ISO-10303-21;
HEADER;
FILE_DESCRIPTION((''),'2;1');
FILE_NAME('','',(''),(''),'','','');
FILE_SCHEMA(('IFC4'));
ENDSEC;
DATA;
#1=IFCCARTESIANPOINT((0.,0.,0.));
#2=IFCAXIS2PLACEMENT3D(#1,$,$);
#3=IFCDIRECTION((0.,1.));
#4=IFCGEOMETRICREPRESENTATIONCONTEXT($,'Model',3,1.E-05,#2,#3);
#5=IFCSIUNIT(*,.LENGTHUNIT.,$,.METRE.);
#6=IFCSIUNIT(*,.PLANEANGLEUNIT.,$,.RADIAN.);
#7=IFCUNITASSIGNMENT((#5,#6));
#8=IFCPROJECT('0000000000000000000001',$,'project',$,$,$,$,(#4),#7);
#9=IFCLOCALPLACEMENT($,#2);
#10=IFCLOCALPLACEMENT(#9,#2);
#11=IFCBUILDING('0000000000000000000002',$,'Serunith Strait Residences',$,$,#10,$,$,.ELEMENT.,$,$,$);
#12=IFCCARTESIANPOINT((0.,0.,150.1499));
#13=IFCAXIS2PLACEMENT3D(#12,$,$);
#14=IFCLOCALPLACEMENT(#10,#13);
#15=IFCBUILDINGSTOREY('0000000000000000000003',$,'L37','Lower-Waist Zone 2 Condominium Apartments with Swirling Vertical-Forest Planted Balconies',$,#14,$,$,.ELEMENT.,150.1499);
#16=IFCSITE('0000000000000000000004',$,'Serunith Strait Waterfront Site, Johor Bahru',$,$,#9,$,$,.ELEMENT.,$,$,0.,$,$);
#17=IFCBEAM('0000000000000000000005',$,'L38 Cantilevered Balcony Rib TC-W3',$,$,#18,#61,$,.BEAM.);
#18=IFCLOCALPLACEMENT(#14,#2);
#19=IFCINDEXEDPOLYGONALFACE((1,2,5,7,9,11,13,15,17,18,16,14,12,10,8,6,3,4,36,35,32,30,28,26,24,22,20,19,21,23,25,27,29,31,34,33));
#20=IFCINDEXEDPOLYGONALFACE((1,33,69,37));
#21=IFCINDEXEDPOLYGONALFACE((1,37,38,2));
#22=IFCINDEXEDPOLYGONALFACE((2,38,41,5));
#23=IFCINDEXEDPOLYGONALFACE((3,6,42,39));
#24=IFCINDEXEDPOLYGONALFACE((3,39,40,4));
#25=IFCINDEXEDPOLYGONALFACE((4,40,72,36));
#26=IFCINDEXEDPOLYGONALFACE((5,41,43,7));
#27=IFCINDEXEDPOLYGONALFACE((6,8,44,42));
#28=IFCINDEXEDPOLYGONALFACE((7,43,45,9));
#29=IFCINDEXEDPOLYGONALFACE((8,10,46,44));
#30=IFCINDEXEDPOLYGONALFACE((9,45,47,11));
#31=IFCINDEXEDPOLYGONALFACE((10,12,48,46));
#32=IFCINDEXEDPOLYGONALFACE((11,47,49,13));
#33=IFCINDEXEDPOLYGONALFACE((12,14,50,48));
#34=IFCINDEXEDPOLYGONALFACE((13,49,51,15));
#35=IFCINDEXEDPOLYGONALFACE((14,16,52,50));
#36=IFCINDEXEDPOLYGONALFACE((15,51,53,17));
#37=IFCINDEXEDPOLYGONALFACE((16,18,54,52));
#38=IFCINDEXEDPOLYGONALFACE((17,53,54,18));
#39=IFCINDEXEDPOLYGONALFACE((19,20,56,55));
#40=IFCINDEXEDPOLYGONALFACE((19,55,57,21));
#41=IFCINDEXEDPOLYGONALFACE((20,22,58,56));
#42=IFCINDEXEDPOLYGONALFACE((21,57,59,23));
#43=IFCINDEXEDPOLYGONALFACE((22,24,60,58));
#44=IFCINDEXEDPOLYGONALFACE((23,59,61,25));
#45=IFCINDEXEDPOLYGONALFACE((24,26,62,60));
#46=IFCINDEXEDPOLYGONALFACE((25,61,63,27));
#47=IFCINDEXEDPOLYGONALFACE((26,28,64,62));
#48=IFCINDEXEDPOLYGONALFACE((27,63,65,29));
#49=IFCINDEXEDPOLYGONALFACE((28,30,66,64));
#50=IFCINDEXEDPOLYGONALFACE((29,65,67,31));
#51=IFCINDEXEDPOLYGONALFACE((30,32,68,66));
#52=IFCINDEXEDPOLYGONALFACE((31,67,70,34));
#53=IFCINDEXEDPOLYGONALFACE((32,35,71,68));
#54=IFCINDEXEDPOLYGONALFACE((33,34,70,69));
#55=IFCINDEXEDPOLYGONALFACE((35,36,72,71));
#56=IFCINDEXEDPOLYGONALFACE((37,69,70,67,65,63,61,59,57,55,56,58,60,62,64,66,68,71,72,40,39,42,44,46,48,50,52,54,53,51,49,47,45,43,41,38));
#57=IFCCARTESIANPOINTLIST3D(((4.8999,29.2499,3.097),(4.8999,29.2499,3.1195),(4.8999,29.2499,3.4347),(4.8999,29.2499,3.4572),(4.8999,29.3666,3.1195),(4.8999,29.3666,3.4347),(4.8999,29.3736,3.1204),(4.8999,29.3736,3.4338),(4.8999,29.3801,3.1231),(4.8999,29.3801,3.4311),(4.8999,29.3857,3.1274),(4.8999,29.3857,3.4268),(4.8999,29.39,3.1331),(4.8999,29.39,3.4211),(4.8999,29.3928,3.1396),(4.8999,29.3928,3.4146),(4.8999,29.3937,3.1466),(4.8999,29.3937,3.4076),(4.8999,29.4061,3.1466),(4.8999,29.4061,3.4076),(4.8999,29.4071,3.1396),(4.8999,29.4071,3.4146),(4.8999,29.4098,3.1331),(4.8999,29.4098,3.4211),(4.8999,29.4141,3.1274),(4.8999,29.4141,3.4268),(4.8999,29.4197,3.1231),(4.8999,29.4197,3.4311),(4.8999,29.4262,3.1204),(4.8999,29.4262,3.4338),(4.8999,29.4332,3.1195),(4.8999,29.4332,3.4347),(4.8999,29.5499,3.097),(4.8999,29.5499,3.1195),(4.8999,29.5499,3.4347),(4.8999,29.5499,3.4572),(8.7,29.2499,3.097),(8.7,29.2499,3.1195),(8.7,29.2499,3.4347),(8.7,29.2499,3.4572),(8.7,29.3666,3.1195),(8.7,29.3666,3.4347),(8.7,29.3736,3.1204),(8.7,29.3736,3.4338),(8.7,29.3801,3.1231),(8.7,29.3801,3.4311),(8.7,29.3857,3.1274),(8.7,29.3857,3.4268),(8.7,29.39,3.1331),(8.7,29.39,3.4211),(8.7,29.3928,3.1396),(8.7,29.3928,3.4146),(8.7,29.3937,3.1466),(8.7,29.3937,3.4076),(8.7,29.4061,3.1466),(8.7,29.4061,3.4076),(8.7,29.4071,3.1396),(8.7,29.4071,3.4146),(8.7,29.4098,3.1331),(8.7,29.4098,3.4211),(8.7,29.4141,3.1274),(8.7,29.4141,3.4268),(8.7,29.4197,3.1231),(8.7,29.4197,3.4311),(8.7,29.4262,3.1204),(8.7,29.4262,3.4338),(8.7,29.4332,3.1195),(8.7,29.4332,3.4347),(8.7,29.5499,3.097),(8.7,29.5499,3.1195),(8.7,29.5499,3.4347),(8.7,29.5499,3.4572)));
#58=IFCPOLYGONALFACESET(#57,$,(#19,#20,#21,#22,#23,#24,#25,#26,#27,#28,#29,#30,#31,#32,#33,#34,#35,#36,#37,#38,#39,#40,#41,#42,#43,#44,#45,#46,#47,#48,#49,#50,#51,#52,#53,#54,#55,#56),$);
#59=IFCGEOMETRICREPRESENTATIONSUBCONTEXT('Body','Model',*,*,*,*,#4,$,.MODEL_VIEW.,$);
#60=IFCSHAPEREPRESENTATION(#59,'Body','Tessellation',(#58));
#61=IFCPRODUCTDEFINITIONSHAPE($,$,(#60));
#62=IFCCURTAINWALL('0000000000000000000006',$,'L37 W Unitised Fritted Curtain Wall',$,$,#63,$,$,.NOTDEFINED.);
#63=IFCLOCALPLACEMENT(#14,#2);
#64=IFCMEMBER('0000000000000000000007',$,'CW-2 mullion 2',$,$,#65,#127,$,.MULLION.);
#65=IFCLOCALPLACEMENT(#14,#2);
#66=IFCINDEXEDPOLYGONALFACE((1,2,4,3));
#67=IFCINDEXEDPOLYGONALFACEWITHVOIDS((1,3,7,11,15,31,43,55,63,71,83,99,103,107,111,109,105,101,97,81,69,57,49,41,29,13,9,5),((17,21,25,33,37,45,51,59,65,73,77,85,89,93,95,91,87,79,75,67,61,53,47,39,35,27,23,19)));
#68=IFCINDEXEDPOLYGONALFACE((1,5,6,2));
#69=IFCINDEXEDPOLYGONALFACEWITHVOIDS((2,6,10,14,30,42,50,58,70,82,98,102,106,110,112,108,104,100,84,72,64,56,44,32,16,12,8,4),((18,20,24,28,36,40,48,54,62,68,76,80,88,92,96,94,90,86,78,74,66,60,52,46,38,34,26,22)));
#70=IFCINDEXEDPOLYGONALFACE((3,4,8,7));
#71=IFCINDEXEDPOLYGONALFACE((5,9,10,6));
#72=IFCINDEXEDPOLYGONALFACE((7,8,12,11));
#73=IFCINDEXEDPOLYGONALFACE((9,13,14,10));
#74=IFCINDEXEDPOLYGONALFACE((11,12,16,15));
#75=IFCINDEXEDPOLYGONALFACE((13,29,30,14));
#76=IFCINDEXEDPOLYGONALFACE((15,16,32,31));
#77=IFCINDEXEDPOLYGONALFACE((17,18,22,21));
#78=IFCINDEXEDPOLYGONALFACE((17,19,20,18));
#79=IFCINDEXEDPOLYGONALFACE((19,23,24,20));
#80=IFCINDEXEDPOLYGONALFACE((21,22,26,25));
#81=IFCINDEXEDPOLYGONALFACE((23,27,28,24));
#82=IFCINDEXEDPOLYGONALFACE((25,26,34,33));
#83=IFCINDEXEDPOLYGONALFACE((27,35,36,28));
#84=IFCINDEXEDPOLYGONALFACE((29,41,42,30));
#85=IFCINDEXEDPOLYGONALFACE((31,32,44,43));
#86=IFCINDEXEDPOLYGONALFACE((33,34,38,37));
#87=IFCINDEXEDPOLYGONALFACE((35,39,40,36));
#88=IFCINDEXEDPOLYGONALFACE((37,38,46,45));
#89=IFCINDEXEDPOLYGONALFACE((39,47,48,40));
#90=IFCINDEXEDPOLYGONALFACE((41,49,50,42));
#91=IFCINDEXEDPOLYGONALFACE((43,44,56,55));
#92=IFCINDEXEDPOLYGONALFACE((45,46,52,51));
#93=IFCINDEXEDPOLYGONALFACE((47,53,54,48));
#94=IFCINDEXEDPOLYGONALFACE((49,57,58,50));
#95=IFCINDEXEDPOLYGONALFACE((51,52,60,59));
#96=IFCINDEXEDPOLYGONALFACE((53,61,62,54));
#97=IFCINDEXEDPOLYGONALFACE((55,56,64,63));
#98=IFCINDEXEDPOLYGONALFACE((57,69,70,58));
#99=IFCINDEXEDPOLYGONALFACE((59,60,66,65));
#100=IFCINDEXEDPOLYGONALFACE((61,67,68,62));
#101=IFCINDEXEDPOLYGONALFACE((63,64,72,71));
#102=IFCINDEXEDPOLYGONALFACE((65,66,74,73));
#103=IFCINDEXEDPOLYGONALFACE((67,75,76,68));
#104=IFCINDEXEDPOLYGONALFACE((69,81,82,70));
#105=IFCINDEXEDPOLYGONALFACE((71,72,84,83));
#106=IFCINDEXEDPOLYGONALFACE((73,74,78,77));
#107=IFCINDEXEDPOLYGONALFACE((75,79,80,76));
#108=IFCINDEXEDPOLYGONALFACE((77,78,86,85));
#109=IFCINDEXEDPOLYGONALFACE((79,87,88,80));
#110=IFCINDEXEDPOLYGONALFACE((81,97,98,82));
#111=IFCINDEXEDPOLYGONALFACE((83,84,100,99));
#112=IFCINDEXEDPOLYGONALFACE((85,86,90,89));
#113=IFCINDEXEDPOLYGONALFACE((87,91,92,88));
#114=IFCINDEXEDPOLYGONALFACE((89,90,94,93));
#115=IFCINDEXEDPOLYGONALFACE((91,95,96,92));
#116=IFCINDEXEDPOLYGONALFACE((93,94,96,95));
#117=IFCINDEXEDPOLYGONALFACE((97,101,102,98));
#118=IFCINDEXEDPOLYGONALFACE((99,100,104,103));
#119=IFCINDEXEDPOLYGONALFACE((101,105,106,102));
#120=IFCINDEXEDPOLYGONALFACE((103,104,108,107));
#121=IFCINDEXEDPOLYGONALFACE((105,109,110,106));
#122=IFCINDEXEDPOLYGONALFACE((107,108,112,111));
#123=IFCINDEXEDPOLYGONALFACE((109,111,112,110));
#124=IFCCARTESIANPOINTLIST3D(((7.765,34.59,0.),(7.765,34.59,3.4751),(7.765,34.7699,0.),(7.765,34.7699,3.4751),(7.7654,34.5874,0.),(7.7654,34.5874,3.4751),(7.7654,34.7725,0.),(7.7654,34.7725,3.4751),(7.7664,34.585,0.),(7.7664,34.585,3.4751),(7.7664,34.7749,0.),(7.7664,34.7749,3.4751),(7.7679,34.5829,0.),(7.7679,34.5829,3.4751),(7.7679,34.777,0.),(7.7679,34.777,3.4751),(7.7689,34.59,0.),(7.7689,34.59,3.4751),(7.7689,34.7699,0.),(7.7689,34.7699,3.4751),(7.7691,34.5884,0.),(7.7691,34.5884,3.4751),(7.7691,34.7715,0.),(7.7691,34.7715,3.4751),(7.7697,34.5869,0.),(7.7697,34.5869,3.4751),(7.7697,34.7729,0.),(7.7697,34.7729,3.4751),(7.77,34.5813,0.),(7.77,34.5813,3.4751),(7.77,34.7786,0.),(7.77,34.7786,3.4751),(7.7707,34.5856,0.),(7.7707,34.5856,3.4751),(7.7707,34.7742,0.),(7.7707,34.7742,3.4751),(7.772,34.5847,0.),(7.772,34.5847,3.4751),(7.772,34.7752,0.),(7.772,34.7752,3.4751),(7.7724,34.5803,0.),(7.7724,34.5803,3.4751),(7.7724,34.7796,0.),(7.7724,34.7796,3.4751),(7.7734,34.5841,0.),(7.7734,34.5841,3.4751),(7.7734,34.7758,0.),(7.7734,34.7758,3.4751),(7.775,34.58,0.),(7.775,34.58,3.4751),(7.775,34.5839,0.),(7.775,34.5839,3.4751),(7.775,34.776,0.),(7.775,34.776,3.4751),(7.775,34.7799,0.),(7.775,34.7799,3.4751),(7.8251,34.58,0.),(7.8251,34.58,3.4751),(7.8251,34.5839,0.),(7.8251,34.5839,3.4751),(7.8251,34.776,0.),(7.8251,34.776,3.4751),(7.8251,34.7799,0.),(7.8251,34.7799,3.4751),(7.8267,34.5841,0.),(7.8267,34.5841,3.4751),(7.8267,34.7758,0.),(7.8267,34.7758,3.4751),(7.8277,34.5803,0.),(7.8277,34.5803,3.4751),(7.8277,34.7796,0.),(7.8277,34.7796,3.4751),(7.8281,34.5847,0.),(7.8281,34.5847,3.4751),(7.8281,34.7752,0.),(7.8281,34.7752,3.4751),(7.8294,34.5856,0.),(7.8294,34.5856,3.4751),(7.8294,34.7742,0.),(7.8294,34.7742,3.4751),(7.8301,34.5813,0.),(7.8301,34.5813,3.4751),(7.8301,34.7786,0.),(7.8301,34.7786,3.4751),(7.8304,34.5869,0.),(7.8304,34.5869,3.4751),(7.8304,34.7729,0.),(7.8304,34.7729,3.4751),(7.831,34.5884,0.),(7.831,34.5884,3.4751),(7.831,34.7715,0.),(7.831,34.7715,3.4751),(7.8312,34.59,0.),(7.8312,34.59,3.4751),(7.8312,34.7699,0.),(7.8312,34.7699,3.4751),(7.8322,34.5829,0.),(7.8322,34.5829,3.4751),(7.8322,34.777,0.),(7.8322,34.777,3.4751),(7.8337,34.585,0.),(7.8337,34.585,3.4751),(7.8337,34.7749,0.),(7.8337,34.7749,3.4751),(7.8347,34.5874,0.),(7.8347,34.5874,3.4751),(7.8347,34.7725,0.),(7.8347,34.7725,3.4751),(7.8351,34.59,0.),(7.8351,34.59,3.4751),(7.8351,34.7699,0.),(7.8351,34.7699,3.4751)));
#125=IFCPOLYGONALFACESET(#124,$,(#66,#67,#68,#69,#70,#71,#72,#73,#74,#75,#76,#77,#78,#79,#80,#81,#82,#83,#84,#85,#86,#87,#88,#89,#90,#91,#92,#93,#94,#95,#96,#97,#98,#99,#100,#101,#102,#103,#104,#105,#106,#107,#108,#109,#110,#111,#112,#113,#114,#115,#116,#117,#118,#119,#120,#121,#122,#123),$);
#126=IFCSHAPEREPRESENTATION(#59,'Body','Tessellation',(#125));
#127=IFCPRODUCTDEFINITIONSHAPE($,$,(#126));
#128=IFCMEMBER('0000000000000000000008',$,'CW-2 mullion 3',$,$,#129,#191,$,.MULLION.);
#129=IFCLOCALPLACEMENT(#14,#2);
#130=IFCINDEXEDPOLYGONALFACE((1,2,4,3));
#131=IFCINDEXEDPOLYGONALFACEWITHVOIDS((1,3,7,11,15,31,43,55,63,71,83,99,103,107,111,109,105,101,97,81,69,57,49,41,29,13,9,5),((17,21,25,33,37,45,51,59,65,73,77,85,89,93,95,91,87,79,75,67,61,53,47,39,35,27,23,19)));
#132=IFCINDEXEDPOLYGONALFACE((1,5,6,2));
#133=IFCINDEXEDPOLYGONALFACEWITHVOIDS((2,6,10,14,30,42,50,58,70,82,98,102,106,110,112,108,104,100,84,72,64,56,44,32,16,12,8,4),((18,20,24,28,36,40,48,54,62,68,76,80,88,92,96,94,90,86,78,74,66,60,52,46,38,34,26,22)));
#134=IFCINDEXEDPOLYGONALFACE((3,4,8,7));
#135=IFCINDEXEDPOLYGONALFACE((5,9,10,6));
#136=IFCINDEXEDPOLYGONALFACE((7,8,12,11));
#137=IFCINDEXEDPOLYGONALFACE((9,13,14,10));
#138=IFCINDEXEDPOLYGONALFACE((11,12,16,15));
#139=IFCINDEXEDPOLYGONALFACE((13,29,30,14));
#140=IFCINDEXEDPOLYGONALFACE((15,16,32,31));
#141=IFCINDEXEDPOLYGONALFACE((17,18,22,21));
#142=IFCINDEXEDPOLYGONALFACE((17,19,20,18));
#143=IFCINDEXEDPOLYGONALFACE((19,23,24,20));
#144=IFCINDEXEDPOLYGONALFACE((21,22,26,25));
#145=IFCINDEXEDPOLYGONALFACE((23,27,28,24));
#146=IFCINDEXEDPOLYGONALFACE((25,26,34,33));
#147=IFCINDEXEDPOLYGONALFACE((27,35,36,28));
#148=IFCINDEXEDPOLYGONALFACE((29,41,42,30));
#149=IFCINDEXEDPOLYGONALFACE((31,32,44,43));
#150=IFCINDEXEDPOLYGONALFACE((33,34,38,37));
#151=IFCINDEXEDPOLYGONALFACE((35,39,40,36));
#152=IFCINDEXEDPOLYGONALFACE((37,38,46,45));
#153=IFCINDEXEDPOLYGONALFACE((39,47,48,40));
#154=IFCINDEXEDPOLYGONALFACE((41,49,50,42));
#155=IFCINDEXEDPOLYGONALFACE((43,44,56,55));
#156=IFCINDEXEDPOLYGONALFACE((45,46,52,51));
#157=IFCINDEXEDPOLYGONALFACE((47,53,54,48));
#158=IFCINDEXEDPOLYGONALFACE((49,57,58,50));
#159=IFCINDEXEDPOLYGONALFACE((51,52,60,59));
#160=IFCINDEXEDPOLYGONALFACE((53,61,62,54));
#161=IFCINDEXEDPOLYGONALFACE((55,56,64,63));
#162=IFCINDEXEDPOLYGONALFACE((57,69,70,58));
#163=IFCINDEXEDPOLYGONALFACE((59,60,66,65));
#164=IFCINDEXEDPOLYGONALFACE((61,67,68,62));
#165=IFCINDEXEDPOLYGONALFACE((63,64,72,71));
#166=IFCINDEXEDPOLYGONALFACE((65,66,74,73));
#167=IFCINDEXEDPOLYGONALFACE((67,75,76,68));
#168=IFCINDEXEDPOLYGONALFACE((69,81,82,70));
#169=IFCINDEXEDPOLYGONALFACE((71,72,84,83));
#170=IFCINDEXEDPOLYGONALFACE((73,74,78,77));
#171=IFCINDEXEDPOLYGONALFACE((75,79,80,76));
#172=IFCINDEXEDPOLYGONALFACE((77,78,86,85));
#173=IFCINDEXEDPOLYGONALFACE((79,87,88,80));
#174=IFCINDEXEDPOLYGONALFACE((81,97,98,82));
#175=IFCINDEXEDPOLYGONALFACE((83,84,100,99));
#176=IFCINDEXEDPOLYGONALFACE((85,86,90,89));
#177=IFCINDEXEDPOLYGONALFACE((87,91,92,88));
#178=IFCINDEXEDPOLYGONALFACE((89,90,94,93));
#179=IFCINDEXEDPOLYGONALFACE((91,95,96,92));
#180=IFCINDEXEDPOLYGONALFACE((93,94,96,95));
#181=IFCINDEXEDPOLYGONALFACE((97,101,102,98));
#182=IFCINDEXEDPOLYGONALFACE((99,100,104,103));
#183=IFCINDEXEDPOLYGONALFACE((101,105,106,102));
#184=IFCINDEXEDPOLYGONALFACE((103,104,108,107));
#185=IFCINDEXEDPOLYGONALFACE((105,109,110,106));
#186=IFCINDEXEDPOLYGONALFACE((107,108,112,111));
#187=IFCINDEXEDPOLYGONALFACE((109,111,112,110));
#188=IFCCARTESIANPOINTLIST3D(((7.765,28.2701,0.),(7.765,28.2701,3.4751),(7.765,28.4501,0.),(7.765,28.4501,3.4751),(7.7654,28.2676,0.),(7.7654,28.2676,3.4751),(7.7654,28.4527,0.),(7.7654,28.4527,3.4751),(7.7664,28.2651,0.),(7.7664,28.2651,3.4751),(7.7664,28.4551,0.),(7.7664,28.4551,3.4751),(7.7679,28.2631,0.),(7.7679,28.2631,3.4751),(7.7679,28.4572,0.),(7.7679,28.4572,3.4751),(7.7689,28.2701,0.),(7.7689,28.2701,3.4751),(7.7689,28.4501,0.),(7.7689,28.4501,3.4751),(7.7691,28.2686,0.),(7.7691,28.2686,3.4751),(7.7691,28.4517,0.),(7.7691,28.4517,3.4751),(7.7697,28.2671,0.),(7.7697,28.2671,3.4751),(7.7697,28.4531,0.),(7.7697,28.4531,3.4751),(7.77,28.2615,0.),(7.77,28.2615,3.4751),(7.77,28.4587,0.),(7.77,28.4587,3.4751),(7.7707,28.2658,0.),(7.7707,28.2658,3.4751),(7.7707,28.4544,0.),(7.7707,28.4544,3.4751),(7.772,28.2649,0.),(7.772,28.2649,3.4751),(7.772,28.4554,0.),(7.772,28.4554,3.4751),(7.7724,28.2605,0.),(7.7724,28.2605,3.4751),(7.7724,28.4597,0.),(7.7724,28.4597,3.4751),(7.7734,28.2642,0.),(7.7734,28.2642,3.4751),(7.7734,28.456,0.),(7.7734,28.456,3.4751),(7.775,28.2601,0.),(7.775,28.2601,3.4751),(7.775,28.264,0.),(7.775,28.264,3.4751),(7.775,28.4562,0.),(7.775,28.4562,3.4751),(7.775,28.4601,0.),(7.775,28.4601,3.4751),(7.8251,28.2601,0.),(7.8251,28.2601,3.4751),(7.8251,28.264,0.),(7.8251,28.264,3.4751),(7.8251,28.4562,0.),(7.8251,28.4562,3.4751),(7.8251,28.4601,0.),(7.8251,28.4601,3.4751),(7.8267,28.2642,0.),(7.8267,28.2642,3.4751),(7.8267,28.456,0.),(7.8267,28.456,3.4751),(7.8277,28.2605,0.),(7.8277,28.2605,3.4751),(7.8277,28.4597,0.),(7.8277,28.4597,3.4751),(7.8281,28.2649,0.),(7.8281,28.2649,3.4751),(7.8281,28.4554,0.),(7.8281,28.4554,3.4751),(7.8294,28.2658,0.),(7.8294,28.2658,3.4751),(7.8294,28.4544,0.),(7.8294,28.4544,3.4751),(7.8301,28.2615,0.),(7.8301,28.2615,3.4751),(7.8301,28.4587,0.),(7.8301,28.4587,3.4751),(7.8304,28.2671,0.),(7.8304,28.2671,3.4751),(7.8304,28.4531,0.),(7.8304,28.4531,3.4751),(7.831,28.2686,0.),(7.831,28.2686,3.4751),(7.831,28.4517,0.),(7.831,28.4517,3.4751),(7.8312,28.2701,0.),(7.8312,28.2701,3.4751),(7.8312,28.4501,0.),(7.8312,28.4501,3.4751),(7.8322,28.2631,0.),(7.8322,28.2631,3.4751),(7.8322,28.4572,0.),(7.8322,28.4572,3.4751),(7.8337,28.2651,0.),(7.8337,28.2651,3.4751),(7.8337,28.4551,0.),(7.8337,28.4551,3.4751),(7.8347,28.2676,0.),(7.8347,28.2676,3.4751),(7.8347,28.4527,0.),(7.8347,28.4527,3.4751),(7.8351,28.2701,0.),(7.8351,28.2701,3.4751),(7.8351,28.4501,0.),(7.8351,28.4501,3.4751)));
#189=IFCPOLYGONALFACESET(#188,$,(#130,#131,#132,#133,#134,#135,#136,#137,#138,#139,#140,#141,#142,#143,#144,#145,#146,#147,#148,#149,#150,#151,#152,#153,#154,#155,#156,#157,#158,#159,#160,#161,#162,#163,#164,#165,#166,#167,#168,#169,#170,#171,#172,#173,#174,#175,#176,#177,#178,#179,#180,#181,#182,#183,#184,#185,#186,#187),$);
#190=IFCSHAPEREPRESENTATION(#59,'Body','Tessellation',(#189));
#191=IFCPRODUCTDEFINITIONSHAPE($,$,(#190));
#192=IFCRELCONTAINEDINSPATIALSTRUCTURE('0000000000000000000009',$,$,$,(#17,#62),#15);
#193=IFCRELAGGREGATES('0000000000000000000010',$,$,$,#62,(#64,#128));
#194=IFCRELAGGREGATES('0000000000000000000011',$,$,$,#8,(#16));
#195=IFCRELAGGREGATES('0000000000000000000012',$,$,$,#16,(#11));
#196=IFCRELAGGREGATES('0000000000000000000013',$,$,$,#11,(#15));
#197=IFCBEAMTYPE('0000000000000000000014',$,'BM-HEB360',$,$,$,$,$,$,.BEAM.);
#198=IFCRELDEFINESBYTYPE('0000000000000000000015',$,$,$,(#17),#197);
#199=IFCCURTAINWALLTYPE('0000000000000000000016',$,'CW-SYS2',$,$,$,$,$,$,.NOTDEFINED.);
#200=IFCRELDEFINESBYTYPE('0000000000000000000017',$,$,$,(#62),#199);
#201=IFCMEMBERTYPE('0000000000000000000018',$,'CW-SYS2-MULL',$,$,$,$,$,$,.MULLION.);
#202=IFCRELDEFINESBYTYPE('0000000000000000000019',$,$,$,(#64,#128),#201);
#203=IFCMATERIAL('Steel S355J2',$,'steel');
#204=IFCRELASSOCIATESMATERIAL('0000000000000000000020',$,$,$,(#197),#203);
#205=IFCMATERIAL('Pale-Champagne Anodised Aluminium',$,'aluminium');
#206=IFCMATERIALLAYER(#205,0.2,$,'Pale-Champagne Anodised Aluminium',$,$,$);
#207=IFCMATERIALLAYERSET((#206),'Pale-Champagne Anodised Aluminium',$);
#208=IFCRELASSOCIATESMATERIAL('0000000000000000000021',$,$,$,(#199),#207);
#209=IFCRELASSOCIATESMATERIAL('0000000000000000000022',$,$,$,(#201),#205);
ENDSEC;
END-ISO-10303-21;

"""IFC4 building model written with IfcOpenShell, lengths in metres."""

from ifc_helpers import new_model, si_unit, direction, frame, origin, origin_2d, place, context, subcontext, project, spatial, hollow_rectangle, i_section, extrude, source, transform, mapped, material, layer, layer_set, material_profile, profile_set, type_object, element, aggregate, save


model = new_model("IFC4")

# Units and contexts
model_context = context("Model", 3, precision=1e-05, world=origin(), true_north=direction((0.0, 1.0)))
body_context = subcontext(model_context, "Body", "Model", "MODEL_VIEW")
ifc_project = project(units=[si_unit("LENGTHUNIT", "METRE"), si_unit("PLANEANGLEUNIT", "RADIAN")], contexts=[model_context])

# Site, building, storey
site_placement = place(None, origin())
site = spatial("IfcSite", under=ifc_project, at=site_placement, Name="Serunith Strait Waterfront Site, Johor Bahru", CompositionType="ELEMENT", RefElevation=0.0)
building_placement = place(site_placement, origin())
building = spatial("IfcBuilding", under=site, at=building_placement, Name="Serunith Strait Residences", CompositionType="ELEMENT")
storey_placement = place(building_placement, frame((0.0, 0.0, 150.1499)))
storey = spatial("IfcBuildingStorey", under=building, at=storey_placement, Name="L37", Description="Lower-Waist Zone 2 Condominium Apartments with Swirling Vertical-Forest Planted Balconies", CompositionType="ELEMENT", Elevation=150.1499)

# Beam
ifc_material_1 = material(Name="Steel S355J2", Category="steel")
ifc_material_profile_1 = material_profile(ifc_material_1, i_section(OverallWidth=0.3, OverallDepth=0.3601, WebThickness=0.0125, FlangeThickness=0.0225, FilletRadius=0.0271, at=origin_2d()), Name="HEB 360")
ifc_profile_set_1 = profile_set([ifc_material_profile_1], Name="Steel S355J2")
beam_type_1 = type_object("IfcBeamType", Name="BM-HEB360", PredefinedType="BEAM", material=ifc_profile_set_1)
shared_shape_1 = source(origin(), body_context, "Body", "SweptSolid", [
    extrude(i_section(OverallWidth=0.3, OverallDepth=0.3601, WebThickness=0.0125, FlangeThickness=0.0225, FilletRadius=0.0271, at=origin_2d()), origin(), (0.0, 0.0, 1.0), 3.8),
])
beam_1_placement = place(storey_placement, frame((8.7, 29.3999, 3.2771), z_axis=(-1.0, 0.0, 0.0), x_axis=(0.0, -1.0, 0.0)))
element("IfcBeam", 1, at=beam_1_placement, inside=storey, type_object=beam_type_1, Name="L38 Cantilevered Balcony Rib TC-W3", PredefinedType="BEAM", context=body_context, shape_type="MappedRepresentation", body=[
    mapped(shared_shape_1, transform((0.0, 0.0, 0.0), scale=1.0)),
])

# Curtain wall, members
ifc_material_2 = material(Name="Pale-Champagne Anodised Aluminium", Category="aluminium")
ifc_layer_1 = layer(ifc_material_2, 0.2, Name="Pale-Champagne Anodised Aluminium")
ifc_layer_set_1 = layer_set([ifc_layer_1], Name="Pale-Champagne Anodised Aluminium")
curtain_wall_type = type_object("IfcCurtainWallType", Name="CW-SYS2", PredefinedType="NOTDEFINED", material=ifc_layer_set_1)
curtain_wall_placement = place(storey_placement, origin())
curtain_wall = element("IfcCurtainWall", 2, at=curtain_wall_placement, inside=storey, type_object=curtain_wall_type, Name="L37 W Unitised Fritted Curtain Wall", PredefinedType="NOTDEFINED")
ifc_material_profile_2 = material_profile(ifc_material_2, hollow_rectangle(XDim=0.0701, YDim=0.2, WallThickness=0.0039, InnerFilletRadius=0.0061, OuterFilletRadius=0.01, at=origin_2d()), Name="ALU 200x70x4")
ifc_profile_set_2 = profile_set([ifc_material_profile_2], Name="Pale-Champagne Anodised Aluminium")
member_type_1 = type_object("IfcMemberType", Name="CW-SYS2-MULL", PredefinedType="MULLION", material=ifc_profile_set_2)
shared_shape_2 = source(origin(), body_context, "Body", "SweptSolid", [
    extrude(hollow_rectangle(XDim=0.0701, YDim=0.2, WallThickness=0.0039, InnerFilletRadius=0.0061, OuterFilletRadius=0.01, at=origin_2d()), origin(), (0.0, 0.0, 1.0), 3.4751),
])
member_1_placement = place(storey_placement, frame((7.8, 34.6799, 0.0), z_axis=(0.0, 0.0, 1.0), x_axis=(1.0, 0.0, 0.0)))
member_1 = element("IfcMember", 3, at=member_1_placement, type_object=member_type_1, Name="CW-2 mullion 2", PredefinedType="MULLION", context=body_context, shape_type="MappedRepresentation", body=[
    mapped(shared_shape_2, transform((0.0, 0.0, 0.0), scale=1.0)),
])
member_2_placement = place(storey_placement, frame((7.8, 28.3601, 0.0), z_axis=(0.0, 0.0, 1.0), x_axis=(1.0, 0.0, 0.0)))
member_2 = element("IfcMember", 4, at=member_2_placement, type_object=member_type_1, Name="CW-2 mullion 3", PredefinedType="MULLION", context=body_context, shape_type="MappedRepresentation", body=[
    mapped(shared_shape_2, transform((0.0, 0.0, 0.0), scale=1.0)),
])
aggregate(curtain_wall, [member_1, member_2])

save(model, "model.ifc")
